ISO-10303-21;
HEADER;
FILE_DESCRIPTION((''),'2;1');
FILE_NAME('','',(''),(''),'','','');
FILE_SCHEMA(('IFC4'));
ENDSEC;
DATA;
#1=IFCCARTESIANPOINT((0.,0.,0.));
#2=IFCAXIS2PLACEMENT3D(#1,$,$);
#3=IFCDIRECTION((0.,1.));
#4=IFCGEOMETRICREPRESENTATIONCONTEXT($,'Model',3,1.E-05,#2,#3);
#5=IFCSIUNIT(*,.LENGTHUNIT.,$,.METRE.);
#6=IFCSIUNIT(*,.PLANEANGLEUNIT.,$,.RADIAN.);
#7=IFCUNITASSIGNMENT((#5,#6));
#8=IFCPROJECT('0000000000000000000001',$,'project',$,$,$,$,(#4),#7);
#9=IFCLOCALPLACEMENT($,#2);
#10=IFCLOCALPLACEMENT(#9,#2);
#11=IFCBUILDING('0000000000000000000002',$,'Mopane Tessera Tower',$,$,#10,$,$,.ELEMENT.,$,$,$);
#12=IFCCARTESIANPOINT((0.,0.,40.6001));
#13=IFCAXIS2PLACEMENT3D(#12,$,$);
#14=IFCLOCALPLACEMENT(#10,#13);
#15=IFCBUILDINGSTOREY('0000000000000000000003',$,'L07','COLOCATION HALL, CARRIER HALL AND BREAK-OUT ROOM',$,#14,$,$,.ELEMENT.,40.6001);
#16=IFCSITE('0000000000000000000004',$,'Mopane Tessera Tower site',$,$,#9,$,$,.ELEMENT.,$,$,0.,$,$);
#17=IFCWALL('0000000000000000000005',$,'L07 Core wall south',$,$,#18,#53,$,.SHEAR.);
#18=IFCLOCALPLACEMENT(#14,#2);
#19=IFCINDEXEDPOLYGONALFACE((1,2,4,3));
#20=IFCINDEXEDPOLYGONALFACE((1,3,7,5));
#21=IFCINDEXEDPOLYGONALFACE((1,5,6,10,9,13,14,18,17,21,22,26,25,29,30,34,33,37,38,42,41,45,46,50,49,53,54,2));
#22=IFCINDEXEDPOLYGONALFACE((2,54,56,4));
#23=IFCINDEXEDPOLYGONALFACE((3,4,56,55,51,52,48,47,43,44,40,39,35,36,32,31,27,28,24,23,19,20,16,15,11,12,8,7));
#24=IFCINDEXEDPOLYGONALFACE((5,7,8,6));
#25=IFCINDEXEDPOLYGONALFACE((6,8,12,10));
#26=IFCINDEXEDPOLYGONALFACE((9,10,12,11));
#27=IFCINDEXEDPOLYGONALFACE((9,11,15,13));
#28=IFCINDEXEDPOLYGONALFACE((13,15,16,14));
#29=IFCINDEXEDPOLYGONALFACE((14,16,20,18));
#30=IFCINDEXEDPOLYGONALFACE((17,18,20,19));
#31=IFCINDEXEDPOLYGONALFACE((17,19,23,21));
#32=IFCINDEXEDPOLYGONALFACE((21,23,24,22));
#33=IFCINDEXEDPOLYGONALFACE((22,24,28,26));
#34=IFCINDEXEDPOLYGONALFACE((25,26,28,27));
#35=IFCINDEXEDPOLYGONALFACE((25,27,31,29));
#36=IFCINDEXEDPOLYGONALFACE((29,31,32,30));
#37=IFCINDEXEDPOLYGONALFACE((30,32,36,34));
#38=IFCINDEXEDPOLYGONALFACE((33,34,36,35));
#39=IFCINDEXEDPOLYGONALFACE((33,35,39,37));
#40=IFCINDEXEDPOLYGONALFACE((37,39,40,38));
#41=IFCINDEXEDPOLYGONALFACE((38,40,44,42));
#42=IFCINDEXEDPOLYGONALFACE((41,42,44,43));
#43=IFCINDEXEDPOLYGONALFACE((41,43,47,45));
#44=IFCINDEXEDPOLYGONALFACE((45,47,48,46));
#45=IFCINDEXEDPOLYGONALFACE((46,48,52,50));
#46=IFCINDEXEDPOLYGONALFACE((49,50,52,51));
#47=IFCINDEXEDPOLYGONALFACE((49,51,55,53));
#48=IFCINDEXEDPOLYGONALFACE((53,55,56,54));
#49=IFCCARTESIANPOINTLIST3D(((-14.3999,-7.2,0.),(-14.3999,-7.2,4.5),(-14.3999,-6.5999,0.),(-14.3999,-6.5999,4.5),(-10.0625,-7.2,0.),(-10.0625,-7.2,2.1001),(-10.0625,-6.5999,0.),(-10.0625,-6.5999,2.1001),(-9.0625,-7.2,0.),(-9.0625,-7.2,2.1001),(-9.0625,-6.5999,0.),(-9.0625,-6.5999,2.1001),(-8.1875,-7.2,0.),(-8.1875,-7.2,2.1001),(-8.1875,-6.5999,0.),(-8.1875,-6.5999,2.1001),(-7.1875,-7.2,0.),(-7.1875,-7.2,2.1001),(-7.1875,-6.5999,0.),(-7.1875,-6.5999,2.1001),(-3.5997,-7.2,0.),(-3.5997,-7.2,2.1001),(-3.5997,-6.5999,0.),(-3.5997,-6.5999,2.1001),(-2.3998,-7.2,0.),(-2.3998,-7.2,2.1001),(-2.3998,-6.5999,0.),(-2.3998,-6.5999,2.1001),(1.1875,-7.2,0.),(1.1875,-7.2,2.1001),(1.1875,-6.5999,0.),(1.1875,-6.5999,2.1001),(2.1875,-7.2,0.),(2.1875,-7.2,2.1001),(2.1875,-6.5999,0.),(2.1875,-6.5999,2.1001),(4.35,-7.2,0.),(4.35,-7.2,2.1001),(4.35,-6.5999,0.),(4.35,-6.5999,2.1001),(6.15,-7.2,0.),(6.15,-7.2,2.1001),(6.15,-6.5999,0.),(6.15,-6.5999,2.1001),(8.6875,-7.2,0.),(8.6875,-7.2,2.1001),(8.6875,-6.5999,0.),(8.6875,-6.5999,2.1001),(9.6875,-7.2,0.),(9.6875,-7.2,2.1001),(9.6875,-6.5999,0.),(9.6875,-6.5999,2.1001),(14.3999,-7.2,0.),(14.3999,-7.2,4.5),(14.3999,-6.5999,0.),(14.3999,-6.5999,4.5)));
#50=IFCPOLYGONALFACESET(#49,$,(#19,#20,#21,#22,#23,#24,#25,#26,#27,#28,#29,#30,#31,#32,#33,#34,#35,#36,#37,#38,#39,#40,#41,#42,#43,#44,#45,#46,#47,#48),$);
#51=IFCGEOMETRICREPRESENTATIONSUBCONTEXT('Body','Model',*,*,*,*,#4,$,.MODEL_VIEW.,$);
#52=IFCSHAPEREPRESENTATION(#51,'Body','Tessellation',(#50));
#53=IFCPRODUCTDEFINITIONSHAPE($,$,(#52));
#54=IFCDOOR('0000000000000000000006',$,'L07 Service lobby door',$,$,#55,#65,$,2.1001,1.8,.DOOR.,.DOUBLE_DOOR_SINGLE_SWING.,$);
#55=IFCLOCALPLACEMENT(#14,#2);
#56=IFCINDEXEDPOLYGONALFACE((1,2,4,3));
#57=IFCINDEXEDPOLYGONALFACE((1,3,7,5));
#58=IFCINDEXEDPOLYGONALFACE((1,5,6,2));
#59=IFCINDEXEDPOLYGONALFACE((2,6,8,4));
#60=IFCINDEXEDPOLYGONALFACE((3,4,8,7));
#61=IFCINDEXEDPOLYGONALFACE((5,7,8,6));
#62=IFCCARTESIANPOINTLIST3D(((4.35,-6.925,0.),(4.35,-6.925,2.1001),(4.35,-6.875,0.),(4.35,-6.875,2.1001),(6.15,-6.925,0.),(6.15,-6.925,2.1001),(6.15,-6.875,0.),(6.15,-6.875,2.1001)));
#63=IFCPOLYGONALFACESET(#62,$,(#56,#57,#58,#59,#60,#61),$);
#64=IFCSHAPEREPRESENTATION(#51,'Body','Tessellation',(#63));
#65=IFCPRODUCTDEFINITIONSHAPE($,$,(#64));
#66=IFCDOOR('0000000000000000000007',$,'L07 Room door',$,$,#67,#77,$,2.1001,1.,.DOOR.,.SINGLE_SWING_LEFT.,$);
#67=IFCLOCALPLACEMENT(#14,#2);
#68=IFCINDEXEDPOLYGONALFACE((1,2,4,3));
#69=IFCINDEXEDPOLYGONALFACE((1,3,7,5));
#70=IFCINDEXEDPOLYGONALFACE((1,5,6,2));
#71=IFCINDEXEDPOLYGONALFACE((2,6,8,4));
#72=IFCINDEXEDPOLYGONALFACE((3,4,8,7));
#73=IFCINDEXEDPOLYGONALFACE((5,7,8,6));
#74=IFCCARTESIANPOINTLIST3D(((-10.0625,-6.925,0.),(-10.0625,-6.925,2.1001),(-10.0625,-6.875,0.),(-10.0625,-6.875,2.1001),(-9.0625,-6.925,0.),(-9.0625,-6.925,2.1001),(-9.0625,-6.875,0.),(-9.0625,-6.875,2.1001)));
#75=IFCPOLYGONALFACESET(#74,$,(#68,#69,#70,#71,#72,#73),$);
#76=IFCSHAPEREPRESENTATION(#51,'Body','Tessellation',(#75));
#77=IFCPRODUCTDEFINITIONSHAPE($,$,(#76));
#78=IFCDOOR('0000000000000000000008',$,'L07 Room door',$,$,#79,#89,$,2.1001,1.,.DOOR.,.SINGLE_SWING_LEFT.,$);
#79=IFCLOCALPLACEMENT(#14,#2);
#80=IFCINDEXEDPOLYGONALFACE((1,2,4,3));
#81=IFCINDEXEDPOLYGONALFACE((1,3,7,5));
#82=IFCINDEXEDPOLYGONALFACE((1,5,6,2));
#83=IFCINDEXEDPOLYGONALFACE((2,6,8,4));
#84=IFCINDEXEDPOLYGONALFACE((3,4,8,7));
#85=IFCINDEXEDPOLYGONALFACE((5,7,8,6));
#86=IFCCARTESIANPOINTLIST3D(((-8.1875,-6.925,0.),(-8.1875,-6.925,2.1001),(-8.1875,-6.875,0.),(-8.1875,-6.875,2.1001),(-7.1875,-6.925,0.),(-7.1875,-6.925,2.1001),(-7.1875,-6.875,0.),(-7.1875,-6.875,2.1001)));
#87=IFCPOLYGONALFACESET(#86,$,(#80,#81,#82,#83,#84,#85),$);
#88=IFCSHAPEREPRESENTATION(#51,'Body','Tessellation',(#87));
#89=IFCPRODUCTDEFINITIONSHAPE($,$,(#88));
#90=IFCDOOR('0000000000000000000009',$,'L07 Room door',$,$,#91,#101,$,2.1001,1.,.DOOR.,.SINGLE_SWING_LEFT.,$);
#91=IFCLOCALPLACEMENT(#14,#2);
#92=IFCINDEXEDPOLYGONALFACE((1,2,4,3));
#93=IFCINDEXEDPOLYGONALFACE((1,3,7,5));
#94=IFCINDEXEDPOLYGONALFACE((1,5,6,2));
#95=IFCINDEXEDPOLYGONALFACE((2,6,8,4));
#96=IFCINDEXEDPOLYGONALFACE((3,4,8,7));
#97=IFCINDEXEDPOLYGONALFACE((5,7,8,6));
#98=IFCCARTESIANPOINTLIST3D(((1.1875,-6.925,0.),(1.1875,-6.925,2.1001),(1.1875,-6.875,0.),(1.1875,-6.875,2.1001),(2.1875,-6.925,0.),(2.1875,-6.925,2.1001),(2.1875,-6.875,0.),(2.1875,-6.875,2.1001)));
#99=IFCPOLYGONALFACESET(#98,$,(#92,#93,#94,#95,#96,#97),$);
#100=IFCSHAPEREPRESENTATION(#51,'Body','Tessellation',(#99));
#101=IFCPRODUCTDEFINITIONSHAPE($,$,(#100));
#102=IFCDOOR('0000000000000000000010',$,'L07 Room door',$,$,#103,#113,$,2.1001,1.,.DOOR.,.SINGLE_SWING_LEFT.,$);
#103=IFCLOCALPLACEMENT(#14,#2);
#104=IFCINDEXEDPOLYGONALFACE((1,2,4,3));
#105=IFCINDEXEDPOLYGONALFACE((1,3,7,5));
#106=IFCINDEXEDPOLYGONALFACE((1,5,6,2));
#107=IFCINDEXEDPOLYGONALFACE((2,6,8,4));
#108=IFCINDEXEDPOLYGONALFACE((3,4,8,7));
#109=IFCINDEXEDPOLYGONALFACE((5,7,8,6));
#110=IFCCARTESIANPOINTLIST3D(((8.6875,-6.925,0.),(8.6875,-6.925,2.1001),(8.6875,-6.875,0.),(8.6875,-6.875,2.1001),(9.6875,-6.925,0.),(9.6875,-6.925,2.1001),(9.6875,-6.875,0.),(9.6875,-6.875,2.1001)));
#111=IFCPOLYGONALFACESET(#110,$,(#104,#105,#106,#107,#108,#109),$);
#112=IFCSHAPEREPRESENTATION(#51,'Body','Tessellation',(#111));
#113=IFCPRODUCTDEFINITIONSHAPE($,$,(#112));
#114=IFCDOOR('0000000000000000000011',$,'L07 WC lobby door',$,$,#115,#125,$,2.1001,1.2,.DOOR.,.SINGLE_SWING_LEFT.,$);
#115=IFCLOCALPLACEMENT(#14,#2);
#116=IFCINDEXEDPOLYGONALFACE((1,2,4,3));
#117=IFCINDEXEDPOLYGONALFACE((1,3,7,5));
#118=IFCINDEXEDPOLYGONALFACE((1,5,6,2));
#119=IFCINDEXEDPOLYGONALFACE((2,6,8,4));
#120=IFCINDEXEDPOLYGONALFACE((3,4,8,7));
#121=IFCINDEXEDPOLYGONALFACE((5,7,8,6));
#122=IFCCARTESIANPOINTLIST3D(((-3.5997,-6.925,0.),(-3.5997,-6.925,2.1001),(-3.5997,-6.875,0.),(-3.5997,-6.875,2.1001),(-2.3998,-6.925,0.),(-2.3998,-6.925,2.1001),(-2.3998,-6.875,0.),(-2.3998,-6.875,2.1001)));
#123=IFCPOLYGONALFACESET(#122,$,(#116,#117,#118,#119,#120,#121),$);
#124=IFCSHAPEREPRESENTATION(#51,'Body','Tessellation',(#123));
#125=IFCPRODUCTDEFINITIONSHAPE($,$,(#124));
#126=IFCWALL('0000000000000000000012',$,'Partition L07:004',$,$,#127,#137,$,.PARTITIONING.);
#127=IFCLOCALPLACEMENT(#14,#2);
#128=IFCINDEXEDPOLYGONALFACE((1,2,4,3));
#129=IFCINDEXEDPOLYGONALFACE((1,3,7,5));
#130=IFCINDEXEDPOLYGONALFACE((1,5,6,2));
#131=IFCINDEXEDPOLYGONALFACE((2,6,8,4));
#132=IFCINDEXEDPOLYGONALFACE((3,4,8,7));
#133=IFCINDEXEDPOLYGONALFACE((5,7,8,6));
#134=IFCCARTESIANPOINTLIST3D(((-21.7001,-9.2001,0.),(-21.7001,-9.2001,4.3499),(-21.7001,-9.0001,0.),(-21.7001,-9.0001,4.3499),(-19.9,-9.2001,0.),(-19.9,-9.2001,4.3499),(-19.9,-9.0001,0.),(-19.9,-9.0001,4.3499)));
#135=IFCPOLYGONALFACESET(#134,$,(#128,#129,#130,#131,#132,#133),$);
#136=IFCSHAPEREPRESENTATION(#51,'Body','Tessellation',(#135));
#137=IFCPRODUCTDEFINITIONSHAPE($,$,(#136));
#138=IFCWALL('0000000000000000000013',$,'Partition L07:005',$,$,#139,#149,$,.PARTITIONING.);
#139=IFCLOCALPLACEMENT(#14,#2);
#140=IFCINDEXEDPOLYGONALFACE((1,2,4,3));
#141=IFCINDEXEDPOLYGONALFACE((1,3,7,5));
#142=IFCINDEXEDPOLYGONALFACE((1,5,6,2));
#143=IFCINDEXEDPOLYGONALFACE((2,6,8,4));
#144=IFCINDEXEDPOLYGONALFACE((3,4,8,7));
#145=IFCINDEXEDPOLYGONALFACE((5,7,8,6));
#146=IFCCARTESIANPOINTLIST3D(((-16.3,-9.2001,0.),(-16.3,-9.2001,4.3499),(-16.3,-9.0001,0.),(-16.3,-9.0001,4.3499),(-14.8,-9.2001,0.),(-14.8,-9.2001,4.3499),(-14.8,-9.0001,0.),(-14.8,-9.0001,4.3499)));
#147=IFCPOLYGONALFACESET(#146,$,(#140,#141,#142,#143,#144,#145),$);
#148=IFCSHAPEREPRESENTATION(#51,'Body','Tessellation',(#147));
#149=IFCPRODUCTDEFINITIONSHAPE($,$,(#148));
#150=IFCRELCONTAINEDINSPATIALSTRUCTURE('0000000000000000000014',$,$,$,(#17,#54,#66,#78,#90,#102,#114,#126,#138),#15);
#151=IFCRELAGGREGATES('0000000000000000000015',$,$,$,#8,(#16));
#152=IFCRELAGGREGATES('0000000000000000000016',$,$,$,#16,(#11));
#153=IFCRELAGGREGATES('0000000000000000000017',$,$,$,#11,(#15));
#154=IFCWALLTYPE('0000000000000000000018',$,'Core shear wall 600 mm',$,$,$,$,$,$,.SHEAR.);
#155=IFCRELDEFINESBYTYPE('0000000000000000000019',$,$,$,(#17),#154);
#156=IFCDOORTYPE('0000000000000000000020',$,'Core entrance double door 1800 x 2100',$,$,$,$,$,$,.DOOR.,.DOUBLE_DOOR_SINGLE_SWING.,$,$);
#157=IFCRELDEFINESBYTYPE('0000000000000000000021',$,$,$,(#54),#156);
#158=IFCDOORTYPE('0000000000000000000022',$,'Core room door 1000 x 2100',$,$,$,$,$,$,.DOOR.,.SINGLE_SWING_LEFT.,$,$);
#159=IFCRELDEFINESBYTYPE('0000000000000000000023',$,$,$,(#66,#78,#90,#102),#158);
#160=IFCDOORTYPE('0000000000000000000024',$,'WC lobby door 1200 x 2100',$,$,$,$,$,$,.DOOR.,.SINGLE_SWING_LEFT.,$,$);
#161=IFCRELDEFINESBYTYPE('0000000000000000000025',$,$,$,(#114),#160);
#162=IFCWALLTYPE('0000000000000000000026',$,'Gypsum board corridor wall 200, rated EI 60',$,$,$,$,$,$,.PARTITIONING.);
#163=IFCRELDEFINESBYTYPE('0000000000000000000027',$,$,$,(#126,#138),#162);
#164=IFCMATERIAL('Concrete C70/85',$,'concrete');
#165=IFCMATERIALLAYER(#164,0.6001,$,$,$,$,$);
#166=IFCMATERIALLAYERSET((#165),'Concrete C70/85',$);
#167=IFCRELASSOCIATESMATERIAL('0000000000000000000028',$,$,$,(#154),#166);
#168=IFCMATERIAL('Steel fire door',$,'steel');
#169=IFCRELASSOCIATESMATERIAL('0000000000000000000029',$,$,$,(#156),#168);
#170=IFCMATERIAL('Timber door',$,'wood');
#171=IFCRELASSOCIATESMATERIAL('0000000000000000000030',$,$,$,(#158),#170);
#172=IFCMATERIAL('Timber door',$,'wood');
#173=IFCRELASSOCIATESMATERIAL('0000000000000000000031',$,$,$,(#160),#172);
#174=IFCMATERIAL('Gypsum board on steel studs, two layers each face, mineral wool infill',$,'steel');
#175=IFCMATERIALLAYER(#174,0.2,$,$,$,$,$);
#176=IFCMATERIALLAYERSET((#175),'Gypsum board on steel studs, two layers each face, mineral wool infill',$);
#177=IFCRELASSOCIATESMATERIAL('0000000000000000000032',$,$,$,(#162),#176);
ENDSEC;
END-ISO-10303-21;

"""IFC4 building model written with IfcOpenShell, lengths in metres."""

from ifc_helpers import new_model, si_unit, direction, frame, frame_2d, origin, place, context, subcontext, project, spatial, rectangle, extrude, material, layer, layer_set, type_object, element, fill, save


model = new_model("IFC4")

# Units and contexts
model_context = context("Model", 3, precision=1e-05, world=origin(), true_north=direction((0.0, 1.0)))
body_context = subcontext(model_context, "Body", "Model", "MODEL_VIEW")
ifc_project = project(units=[si_unit("LENGTHUNIT", "METRE"), si_unit("PLANEANGLEUNIT", "RADIAN")], contexts=[model_context])

# Site, building, storey
site_placement = place(None, origin())
site = spatial("IfcSite", under=ifc_project, at=site_placement, Name="Mopane Tessera Tower site", CompositionType="ELEMENT", RefElevation=0.0)
building_placement = place(site_placement, origin())
building = spatial("IfcBuilding", under=site, at=building_placement, Name="Mopane Tessera Tower", CompositionType="ELEMENT")
storey_placement = place(building_placement, frame((0.0, 0.0, 40.6001)))
storey = spatial("IfcBuildingStorey", under=building, at=storey_placement, Name="L07", Description="COLOCATION HALL, CARRIER HALL AND BREAK-OUT ROOM", CompositionType="ELEMENT", Elevation=40.6001)

# Wall, openings, doors
ifc_material_1 = material(Name="Concrete C70/85", Category="concrete")
ifc_layer_1 = layer(ifc_material_1, 0.6001)
ifc_layer_set_1 = layer_set([ifc_layer_1], Name="Concrete C70/85")
wall_type_1 = type_object("IfcWallType", Name="Core shear wall 600 mm", PredefinedType="SHEAR", material=ifc_layer_set_1)
wall_1_placement = place(storey_placement, frame((-14.3999, -6.8999, 0.0), z_axis=(0.0, 0.0, 1.0), x_axis=(1.0, 0.0, 0.0)))
wall_1 = element("IfcWall", 1, at=wall_1_placement, inside=storey, type_object=wall_type_1, Name="L07 Core wall south", PredefinedType="SHEAR", context=body_context, shape_type="SweptSolid", body=[
    extrude(rectangle(XDim=28.7998, YDim=0.6001, at=frame_2d((14.3999, 0.0))), origin(), (0.0, 0.0, 1.0), 4.5),
])
opening_1_placement = place(wall_1_placement, frame((4.3374, 0.0, 0.0)))
opening_1 = element("IfcOpeningElement", 2, at=opening_1_placement, cuts=wall_1, PredefinedType="OPENING", context=body_context, shape_type="SweptSolid", body=[
    extrude(rectangle(XDim=1.0, YDim=2.1001, at=frame_2d((0.5, 1.05))), frame((0.0, 0.312, 0.0), z_axis=(0.0, -1.0, 0.0), x_axis=(1.0, 0.0, 0.0)), (0.0, 0.0, 1.0), 0.624),
])
opening_2_placement = place(wall_1_placement, frame((6.2124, 0.0, 0.0)))
opening_2 = element("IfcOpeningElement", 3, at=opening_2_placement, cuts=wall_1, PredefinedType="OPENING", context=body_context, shape_type="SweptSolid", body=[
    extrude(rectangle(XDim=1.0, YDim=2.1001, at=frame_2d((0.5, 1.05))), frame((0.0, 0.312, 0.0), z_axis=(0.0, -1.0, 0.0), x_axis=(1.0, 0.0, 0.0)), (0.0, 0.0, 1.0), 0.624),
])
opening_3_placement = place(wall_1_placement, frame((10.8, 0.0, 0.0)))
opening_3 = element("IfcOpeningElement", 4, at=opening_3_placement, cuts=wall_1, PredefinedType="OPENING", context=body_context, shape_type="SweptSolid", body=[
    extrude(rectangle(XDim=1.2, YDim=2.1001, at=frame_2d((0.6001, 1.05))), frame((0.0, 0.312, 0.0), z_axis=(0.0, -1.0, 0.0), x_axis=(1.0, 0.0, 0.0)), (0.0, 0.0, 1.0), 0.624),
])
opening_4_placement = place(wall_1_placement, frame((15.5874, 0.0, 0.0)))
opening_4 = element("IfcOpeningElement", 5, at=opening_4_placement, cuts=wall_1, PredefinedType="OPENING", context=body_context, shape_type="SweptSolid", body=[
    extrude(rectangle(XDim=1.0, YDim=2.1001, at=frame_2d((0.5, 1.05))), frame((0.0, 0.312, 0.0), z_axis=(0.0, -1.0, 0.0), x_axis=(1.0, 0.0, 0.0)), (0.0, 0.0, 1.0), 0.624),
])
opening_5_placement = place(wall_1_placement, frame((18.75, 0.0, 0.0)))
opening_5 = element("IfcOpeningElement", 6, at=opening_5_placement, cuts=wall_1, PredefinedType="OPENING", context=body_context, shape_type="SweptSolid", body=[
    extrude(rectangle(XDim=1.8, YDim=2.1001, at=frame_2d((0.8999, 1.05))), frame((0.0, 0.312, 0.0), z_axis=(0.0, -1.0, 0.0), x_axis=(1.0, 0.0, 0.0)), (0.0, 0.0, 1.0), 0.624),
])
opening_6_placement = place(wall_1_placement, frame((23.0874, 0.0, 0.0)))
opening_6 = element("IfcOpeningElement", 7, at=opening_6_placement, cuts=wall_1, PredefinedType="OPENING", context=body_context, shape_type="SweptSolid", body=[
    extrude(rectangle(XDim=1.0, YDim=2.1001, at=frame_2d((0.5, 1.05))), frame((0.0, 0.312, 0.0), z_axis=(0.0, -1.0, 0.0), x_axis=(1.0, 0.0, 0.0)), (0.0, 0.0, 1.0), 0.624),
])
ifc_material_2 = material(Name="Steel fire door", Category="steel")
door_type_1 = type_object("IfcDoorType", Name="Core entrance double door 1800 x 2100", OperationType="DOUBLE_DOOR_SINGLE_SWING", PredefinedType="DOOR", material=ifc_material_2)
door_1_placement = place(opening_5_placement, origin())
door_1 = element("IfcDoor", 8, at=door_1_placement, inside=storey, type_object=door_type_1, Name="L07 Service lobby door", OperationType="DOUBLE_DOOR_SINGLE_SWING", OverallHeight=2.1001, OverallWidth=1.8, PredefinedType="DOOR", context=body_context, shape_type="SweptSolid", body=[
    extrude(rectangle(XDim=1.8, YDim=2.1001, at=frame_2d((0.8999, 1.05))), frame((0.0, 0.0249, 0.0), z_axis=(0.0, -1.0, 0.0), x_axis=(1.0, 0.0, 0.0)), (0.0, 0.0, 1.0), 0.05),
])
fill(opening_5, door_1)
ifc_material_3 = material(Name="Timber door", Category="wood")
door_type_2 = type_object("IfcDoorType", Name="Core room door 1000 x 2100", OperationType="SINGLE_SWING_LEFT", PredefinedType="DOOR", material=ifc_material_3)
door_2_placement = place(opening_1_placement, origin())
door_2 = element("IfcDoor", 9, at=door_2_placement, inside=storey, type_object=door_type_2, Name="L07 Room door", OperationType="SINGLE_SWING_LEFT", OverallHeight=2.1001, OverallWidth=1.0, PredefinedType="DOOR", context=body_context, shape_type="SweptSolid", body=[
    extrude(rectangle(XDim=1.0, YDim=2.1001, at=frame_2d((0.5, 1.05))), frame((0.0, 0.0249, 0.0), z_axis=(0.0, -1.0, 0.0), x_axis=(1.0, 0.0, 0.0)), (0.0, 0.0, 1.0), 0.05),
])
fill(opening_1, door_2)
door_3_placement = place(opening_2_placement, origin())
door_3 = element("IfcDoor", 10, at=door_3_placement, inside=storey, type_object=door_type_2, Name="L07 Room door", OperationType="SINGLE_SWING_LEFT", OverallHeight=2.1001, OverallWidth=1.0, PredefinedType="DOOR", context=body_context, shape_type="SweptSolid", body=[
    extrude(rectangle(XDim=1.0, YDim=2.1001, at=frame_2d((0.5, 1.05))), frame((0.0, 0.0249, 0.0), z_axis=(0.0, -1.0, 0.0), x_axis=(1.0, 0.0, 0.0)), (0.0, 0.0, 1.0), 0.05),
])
fill(opening_2, door_3)
door_4_placement = place(opening_4_placement, origin())
door_4 = element("IfcDoor", 11, at=door_4_placement, inside=storey, type_object=door_type_2, Name="L07 Room door", OperationType="SINGLE_SWING_LEFT", OverallHeight=2.1001, OverallWidth=1.0, PredefinedType="DOOR", context=body_context, shape_type="SweptSolid", body=[
    extrude(rectangle(XDim=1.0, YDim=2.1001, at=frame_2d((0.5, 1.05))), frame((0.0, 0.0249, 0.0), z_axis=(0.0, -1.0, 0.0), x_axis=(1.0, 0.0, 0.0)), (0.0, 0.0, 1.0), 0.05),
])
fill(opening_4, door_4)
door_5_placement = place(opening_6_placement, origin())
door_5 = element("IfcDoor", 12, at=door_5_placement, inside=storey, type_object=door_type_2, Name="L07 Room door", OperationType="SINGLE_SWING_LEFT", OverallHeight=2.1001, OverallWidth=1.0, PredefinedType="DOOR", context=body_context, shape_type="SweptSolid", body=[
    extrude(rectangle(XDim=1.0, YDim=2.1001, at=frame_2d((0.5, 1.05))), frame((0.0, 0.0249, 0.0), z_axis=(0.0, -1.0, 0.0), x_axis=(1.0, 0.0, 0.0)), (0.0, 0.0, 1.0), 0.05),
])
fill(opening_6, door_5)
ifc_material_4 = material(Name="Timber door", Category="wood")
door_type_3 = type_object("IfcDoorType", Name="WC lobby door 1200 x 2100", OperationType="SINGLE_SWING_LEFT", PredefinedType="DOOR", material=ifc_material_4)
door_6_placement = place(opening_3_placement, origin())
door_6 = element("IfcDoor", 13, at=door_6_placement, inside=storey, type_object=door_type_3, Name="L07 WC lobby door", OperationType="SINGLE_SWING_LEFT", OverallHeight=2.1001, OverallWidth=1.2, PredefinedType="DOOR", context=body_context, shape_type="SweptSolid", body=[
    extrude(rectangle(XDim=1.2, YDim=2.1001, at=frame_2d((0.6001, 1.05))), frame((0.0, 0.0249, 0.0), z_axis=(0.0, -1.0, 0.0), x_axis=(1.0, 0.0, 0.0)), (0.0, 0.0, 1.0), 0.05),
])
fill(opening_3, door_6)

# Walls
ifc_material_5 = material(Name="Gypsum board on steel studs, two layers each face, mineral wool infill", Category="steel")
ifc_layer_2 = layer(ifc_material_5, 0.2)
ifc_layer_set_2 = layer_set([ifc_layer_2], Name="Gypsum board on steel studs, two layers each face, mineral wool infill")
wall_type_2 = type_object("IfcWallType", Name="Gypsum board corridor wall 200, rated EI 60", PredefinedType="PARTITIONING", material=ifc_layer_set_2)
wall_2_placement = place(storey_placement, frame((-21.7, -9.1001, 0.0), z_axis=(0.0, 0.0, 1.0), x_axis=(1.0, 0.0, 0.0)))
element("IfcWall", 14, at=wall_2_placement, inside=storey, type_object=wall_type_2, Name="Partition L07:004", PredefinedType="PARTITIONING", context=body_context, shape_type="SweptSolid", body=[
    extrude(rectangle(XDim=1.8, YDim=0.2, at=frame_2d((0.8999, 0.0))), origin(), (0.0, 0.0, 1.0), 4.3499),
])
wall_3_placement = place(storey_placement, frame((-16.3, -9.1001, 0.0), z_axis=(0.0, 0.0, 1.0), x_axis=(1.0, 0.0, 0.0)))
element("IfcWall", 15, at=wall_3_placement, inside=storey, type_object=wall_type_2, Name="Partition L07:005", PredefinedType="PARTITIONING", context=body_context, shape_type="SweptSolid", body=[
    extrude(rectangle(XDim=1.5, YDim=0.2, at=frame_2d((0.75, 0.0))), origin(), (0.0, 0.0, 1.0), 4.3499),
])

save(model, "model.ifc")
